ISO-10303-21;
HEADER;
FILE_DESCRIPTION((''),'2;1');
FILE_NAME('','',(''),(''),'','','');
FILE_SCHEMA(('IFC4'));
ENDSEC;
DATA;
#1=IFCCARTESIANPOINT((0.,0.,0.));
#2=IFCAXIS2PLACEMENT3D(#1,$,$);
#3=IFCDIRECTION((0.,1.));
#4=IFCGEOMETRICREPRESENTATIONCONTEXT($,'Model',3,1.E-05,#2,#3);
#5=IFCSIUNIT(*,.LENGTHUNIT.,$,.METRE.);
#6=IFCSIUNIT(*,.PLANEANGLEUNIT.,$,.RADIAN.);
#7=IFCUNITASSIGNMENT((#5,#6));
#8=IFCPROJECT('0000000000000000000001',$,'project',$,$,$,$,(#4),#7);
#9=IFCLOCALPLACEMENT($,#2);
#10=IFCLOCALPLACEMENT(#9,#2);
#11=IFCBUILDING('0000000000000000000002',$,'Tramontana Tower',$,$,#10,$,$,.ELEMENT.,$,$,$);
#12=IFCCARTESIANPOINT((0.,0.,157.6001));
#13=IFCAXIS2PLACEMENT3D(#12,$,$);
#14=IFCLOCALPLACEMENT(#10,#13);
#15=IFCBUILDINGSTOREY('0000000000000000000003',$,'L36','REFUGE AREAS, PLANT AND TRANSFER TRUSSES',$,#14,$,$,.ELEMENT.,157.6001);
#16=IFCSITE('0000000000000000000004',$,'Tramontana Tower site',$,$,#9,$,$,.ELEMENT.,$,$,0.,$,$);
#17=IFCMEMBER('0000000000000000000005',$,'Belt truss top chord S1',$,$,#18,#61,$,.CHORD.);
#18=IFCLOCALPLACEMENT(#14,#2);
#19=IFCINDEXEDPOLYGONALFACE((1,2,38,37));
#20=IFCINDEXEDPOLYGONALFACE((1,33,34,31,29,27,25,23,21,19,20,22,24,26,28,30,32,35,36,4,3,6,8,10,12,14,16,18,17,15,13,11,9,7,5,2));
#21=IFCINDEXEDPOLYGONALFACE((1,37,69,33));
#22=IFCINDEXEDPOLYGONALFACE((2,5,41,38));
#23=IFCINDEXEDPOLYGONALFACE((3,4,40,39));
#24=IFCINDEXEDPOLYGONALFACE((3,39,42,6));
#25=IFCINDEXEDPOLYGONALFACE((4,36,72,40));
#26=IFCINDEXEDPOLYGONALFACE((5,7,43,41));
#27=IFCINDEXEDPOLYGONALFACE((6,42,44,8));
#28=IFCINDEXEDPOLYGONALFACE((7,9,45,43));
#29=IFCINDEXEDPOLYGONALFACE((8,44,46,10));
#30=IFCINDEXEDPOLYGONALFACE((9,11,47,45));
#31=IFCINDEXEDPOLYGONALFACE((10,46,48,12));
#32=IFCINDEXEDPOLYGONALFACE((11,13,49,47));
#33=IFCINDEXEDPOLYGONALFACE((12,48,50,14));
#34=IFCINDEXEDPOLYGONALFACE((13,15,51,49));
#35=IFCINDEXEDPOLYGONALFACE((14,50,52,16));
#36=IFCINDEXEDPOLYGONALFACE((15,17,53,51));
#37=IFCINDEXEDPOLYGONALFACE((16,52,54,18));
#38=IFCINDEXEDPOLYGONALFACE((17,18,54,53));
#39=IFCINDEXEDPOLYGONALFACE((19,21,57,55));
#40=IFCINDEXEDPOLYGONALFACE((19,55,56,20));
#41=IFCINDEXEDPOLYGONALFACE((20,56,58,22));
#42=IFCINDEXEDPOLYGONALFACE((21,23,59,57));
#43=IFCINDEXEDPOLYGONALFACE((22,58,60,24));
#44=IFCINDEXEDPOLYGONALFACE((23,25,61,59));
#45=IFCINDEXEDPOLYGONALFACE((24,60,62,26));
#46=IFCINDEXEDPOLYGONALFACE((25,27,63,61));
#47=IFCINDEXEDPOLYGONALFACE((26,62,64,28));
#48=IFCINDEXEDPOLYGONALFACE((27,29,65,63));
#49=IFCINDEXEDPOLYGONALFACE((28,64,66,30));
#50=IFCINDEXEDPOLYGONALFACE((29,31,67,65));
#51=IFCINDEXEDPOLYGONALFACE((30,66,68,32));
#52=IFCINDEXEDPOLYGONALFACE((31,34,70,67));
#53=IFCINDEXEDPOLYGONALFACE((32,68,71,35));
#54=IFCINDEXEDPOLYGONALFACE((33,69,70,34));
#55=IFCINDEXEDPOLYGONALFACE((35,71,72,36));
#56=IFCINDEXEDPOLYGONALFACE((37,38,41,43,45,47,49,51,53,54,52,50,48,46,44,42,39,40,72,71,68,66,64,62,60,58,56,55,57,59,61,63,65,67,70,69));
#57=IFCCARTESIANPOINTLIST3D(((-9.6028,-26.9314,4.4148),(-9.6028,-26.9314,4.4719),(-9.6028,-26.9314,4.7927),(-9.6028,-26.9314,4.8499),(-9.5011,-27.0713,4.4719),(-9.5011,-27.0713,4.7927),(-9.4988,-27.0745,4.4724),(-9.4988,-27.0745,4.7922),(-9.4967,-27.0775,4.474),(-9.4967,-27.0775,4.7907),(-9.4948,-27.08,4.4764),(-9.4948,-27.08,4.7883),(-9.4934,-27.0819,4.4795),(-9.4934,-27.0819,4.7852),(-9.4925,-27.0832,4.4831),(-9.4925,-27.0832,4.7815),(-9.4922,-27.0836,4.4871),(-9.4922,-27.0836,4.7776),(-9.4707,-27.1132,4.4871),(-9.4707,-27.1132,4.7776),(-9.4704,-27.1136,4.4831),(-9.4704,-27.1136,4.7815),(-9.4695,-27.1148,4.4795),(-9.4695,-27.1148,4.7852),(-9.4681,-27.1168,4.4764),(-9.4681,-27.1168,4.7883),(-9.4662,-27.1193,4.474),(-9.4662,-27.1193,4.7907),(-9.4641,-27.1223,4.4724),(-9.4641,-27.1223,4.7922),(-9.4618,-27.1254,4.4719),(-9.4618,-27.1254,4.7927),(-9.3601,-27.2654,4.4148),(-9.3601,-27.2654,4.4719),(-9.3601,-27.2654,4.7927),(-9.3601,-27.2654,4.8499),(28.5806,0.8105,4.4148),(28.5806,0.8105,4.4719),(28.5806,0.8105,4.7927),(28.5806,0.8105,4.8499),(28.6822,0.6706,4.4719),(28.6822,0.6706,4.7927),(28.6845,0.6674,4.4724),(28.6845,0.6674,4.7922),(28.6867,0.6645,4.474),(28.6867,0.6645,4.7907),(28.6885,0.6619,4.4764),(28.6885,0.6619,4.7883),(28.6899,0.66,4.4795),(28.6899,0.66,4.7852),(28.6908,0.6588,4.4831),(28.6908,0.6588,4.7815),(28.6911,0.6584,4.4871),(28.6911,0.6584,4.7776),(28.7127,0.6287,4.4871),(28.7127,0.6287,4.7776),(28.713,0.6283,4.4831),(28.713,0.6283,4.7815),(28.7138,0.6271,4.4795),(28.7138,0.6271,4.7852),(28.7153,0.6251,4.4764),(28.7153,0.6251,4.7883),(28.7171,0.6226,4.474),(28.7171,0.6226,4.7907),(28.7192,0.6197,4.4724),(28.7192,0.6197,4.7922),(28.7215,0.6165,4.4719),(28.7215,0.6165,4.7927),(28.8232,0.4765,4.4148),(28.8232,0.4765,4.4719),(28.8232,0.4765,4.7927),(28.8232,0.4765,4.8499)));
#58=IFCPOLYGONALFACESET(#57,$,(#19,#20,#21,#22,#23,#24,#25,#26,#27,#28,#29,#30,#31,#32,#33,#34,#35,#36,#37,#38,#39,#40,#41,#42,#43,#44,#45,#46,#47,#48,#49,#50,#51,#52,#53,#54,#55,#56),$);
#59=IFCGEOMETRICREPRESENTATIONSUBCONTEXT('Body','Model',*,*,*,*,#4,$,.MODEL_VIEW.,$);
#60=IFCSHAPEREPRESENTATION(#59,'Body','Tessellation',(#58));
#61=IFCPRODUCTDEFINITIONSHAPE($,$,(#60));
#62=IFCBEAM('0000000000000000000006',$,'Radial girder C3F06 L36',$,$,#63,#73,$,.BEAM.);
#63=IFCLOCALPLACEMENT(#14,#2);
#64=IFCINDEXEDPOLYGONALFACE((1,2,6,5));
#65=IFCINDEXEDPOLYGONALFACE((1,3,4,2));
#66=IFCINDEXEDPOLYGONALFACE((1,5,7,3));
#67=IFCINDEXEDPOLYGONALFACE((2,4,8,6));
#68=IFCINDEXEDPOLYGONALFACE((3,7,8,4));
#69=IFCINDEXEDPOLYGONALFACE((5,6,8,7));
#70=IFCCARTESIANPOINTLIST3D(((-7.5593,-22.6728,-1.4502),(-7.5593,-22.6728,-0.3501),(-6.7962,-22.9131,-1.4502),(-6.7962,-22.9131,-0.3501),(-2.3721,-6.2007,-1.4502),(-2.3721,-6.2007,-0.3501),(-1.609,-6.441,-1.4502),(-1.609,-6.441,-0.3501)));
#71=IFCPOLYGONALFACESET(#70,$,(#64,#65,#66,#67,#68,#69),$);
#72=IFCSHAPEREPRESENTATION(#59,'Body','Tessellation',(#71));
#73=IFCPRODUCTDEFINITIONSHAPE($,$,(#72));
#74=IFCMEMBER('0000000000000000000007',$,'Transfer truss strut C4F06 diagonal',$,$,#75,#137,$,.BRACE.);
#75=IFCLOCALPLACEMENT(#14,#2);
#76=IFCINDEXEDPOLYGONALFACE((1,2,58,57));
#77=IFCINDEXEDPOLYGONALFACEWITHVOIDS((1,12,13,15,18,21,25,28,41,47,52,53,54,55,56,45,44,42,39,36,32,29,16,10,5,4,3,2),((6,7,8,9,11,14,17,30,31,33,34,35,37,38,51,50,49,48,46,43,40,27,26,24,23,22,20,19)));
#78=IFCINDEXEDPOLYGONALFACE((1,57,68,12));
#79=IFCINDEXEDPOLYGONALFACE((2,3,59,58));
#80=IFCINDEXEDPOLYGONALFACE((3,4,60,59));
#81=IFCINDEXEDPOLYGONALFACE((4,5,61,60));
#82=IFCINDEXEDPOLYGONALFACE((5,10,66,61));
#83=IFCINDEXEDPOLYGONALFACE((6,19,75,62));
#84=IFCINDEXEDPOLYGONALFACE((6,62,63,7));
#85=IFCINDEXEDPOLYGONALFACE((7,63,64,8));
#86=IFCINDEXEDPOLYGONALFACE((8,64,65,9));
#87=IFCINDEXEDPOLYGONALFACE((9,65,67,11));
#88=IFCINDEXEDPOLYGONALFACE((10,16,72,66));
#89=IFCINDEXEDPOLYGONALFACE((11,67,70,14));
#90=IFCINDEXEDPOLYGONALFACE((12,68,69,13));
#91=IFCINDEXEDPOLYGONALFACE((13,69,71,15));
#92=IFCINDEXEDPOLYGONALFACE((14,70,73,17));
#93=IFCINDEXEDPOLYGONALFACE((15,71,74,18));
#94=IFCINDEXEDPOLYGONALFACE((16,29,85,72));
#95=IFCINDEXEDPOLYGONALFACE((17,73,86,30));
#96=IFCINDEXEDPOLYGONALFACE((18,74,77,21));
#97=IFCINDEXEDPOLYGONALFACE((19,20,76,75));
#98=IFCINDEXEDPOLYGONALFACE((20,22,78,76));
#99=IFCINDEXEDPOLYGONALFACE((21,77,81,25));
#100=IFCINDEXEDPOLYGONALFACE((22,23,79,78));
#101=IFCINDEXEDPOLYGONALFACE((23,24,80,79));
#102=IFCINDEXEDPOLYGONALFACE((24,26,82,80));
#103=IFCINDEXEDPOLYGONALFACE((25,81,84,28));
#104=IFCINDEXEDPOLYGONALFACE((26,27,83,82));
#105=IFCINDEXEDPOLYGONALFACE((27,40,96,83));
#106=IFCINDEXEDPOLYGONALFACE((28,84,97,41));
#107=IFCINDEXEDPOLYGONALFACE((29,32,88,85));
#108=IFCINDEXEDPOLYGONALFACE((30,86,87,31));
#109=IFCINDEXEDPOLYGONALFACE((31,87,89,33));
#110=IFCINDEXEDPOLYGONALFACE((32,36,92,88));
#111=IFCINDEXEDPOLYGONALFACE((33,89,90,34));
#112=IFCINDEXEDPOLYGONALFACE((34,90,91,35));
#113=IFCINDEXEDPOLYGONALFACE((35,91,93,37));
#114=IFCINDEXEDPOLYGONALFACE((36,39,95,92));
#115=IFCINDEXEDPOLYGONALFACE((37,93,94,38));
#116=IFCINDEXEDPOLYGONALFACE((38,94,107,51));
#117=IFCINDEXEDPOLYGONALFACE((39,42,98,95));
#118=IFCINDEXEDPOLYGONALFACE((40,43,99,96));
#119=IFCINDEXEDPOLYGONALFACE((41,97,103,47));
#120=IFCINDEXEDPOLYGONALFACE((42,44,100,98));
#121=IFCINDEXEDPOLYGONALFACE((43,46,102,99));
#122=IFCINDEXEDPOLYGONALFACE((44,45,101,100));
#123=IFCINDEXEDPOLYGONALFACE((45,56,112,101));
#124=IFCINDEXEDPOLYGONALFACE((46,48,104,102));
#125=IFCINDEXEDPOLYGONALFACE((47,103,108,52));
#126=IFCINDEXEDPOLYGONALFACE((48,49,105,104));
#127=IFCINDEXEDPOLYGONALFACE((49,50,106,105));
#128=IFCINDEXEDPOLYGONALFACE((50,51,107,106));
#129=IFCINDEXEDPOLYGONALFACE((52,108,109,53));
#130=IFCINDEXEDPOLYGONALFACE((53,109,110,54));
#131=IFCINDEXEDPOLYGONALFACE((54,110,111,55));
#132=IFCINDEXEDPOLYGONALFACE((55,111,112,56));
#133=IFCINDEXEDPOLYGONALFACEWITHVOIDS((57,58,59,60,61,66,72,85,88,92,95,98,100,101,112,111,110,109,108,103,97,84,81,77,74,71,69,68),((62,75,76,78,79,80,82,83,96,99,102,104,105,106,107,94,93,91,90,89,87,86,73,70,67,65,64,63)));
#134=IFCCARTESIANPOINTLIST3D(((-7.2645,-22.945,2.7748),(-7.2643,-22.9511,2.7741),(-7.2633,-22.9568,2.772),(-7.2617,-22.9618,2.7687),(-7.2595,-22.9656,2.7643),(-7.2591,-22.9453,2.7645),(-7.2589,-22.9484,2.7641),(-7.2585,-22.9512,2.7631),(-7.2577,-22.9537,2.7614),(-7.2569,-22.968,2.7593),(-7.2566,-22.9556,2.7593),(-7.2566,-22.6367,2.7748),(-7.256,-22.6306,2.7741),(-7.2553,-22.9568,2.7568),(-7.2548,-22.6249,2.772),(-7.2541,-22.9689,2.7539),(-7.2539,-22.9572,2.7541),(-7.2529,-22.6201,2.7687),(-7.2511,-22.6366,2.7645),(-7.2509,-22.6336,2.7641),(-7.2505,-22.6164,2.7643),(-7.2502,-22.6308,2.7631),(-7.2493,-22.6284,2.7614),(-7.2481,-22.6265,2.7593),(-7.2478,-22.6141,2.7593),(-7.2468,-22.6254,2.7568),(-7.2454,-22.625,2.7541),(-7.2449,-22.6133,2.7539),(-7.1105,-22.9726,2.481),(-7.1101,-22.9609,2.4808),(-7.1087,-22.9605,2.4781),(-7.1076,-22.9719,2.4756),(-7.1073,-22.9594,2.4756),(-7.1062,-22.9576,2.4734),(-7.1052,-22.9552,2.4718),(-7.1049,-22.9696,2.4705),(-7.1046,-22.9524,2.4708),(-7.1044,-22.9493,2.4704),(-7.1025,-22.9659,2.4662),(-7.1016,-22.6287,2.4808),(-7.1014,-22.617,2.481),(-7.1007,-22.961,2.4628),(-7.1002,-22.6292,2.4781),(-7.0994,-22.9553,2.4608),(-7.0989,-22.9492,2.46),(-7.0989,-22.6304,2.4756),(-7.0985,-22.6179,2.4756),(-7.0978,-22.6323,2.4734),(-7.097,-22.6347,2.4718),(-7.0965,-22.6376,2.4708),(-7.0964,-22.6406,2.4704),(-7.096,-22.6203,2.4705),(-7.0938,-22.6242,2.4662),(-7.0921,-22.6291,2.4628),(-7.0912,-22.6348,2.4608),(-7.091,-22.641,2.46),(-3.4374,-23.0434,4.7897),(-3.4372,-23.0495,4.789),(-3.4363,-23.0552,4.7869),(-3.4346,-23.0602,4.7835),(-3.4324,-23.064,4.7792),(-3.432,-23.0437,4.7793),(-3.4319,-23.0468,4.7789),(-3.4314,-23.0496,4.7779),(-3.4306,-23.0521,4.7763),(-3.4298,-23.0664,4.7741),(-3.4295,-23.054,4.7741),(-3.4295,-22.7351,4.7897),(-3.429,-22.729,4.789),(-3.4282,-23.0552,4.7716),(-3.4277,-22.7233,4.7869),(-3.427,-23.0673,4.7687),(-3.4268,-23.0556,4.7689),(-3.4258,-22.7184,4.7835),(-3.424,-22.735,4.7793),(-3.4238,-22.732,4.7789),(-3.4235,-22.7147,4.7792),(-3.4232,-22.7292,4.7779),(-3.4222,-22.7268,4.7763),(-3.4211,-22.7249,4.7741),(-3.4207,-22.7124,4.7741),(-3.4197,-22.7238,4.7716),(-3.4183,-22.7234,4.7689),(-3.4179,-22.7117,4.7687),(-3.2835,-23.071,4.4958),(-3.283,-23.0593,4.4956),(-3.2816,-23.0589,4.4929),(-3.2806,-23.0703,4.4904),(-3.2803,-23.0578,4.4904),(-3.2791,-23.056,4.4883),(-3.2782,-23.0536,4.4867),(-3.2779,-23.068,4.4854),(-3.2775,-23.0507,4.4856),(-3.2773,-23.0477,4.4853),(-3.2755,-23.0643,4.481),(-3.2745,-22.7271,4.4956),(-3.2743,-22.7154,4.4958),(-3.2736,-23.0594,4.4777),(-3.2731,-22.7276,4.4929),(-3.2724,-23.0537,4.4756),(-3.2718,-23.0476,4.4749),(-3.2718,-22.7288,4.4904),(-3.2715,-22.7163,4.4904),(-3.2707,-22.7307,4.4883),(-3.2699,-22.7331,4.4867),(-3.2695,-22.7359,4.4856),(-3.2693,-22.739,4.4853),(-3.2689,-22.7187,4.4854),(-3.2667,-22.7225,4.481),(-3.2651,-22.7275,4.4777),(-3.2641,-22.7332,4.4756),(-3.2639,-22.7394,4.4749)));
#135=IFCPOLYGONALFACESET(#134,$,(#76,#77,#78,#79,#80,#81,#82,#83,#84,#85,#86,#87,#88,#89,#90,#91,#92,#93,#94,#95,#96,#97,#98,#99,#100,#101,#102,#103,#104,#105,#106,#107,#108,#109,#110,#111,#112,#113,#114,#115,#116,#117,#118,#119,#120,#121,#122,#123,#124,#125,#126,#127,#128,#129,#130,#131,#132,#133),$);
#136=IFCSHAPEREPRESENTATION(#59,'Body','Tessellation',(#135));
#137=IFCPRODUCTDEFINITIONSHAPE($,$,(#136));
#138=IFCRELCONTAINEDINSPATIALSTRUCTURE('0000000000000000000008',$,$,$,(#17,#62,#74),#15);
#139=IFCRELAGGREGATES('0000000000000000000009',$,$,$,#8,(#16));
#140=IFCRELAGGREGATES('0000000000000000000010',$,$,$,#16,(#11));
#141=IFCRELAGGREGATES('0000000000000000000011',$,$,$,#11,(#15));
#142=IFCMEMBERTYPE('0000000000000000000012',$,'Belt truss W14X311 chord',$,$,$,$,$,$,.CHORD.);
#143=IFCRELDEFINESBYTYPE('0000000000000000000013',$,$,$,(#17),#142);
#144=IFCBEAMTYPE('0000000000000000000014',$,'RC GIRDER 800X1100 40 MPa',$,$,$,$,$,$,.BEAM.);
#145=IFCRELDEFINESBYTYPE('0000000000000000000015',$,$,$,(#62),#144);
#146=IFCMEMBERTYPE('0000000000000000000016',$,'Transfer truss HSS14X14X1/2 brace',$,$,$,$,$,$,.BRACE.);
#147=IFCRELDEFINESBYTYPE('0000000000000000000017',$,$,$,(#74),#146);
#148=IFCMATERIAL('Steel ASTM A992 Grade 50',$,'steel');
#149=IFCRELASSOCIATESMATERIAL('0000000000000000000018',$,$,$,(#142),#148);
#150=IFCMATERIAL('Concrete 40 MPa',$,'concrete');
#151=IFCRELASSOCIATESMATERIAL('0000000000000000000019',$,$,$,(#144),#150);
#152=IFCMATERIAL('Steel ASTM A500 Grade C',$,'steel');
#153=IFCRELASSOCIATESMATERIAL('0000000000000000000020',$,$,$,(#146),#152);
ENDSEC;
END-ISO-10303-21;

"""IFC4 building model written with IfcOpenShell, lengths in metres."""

from ifc_helpers import new_model, si_unit, direction, frame, origin, origin_2d, place, context, subcontext, project, spatial, rectangle, hollow_rectangle, i_section, extrude, material, material_profile, profile_set, type_object, element, save


model = new_model("IFC4")

# Units and contexts
model_context = context("Model", 3, precision=1e-05, world=origin(), true_north=direction((0.0, 1.0)))
body_context = subcontext(model_context, "Body", "Model", "MODEL_VIEW")
ifc_project = project(units=[si_unit("LENGTHUNIT", "METRE"), si_unit("PLANEANGLEUNIT", "RADIAN")], contexts=[model_context])

# Site, building, storey
site_placement = place(None, origin())
site = spatial("IfcSite", under=ifc_project, at=site_placement, Name="Tramontana Tower site", CompositionType="ELEMENT", RefElevation=0.0)
building_placement = place(site_placement, origin())
building = spatial("IfcBuilding", under=site, at=building_placement, Name="Tramontana Tower", CompositionType="ELEMENT")
storey_placement = place(building_placement, frame((0.0, 0.0, 157.6001)))
storey = spatial("IfcBuildingStorey", under=building, at=storey_placement, Name="L36", Description="REFUGE AREAS, PLANT AND TRANSFER TRUSSES", CompositionType="ELEMENT", Elevation=157.6001)

# Member
ifc_material_1 = material(Name="Steel ASTM A992 Grade 50", Category="steel")
ifc_material_profile_1 = material_profile(ifc_material_1, i_section(OverallWidth=0.4128, OverallDepth=0.4351, WebThickness=0.0366, FlangeThickness=0.0571, FilletRadius=0.0151, at=origin_2d()), Name="W14X311")
ifc_profile_set_1 = profile_set([ifc_material_profile_1], Name="Steel ASTM A992 Grade 50")
member_type_1 = type_object("IfcMemberType", Name="Belt truss W14X311 chord", PredefinedType="CHORD", material=ifc_profile_set_1)
for number, where, z_axis, x_axis, name in (
    (1, (-9.4814, -27.0984, 4.6323), (0.809016, 0.587787, 0.0), (-0.587787, 0.809016, 0.0), "Belt truss top chord S1"),
):
    element("IfcMember", number, at=place(storey_placement, frame(where, z_axis=z_axis, x_axis=x_axis)), inside=storey, type_object=member_type_1, Name=name, PredefinedType="CHORD", context=body_context, shape_type="SweptSolid", body=[
        extrude(i_section(OverallWidth=0.4128, OverallDepth=0.4351, WebThickness=0.0366, FlangeThickness=0.0571, FilletRadius=0.0151, at=origin_2d()), origin(), (0.0, 0.0, 1.0), 47.1973),
    ])

# Beam
ifc_material_2 = material(Name="Concrete 40 MPa", Category="concrete")
ifc_material_profile_2 = material_profile(ifc_material_2, rectangle(XDim=0.8, YDim=1.1001, at=origin_2d()), Name="RC GIRDER 800X1100 40 MPa")
ifc_profile_set_2 = profile_set([ifc_material_profile_2], Name="Concrete 40 MPa")
beam_type = type_object("IfcBeamType", Name="RC GIRDER 800X1100 40 MPa", PredefinedType="BEAM", material=ifc_profile_set_2)
beam_placement = place(storey_placement, frame((-7.1777, -22.793, -0.9001), z_axis=(0.300369, 0.953823, 0.0), x_axis=(-0.953823, 0.300369, 0.0)))
element("IfcBeam", 2, at=beam_placement, inside=storey, type_object=beam_type, Name="Radial girder C3F06 L36", PredefinedType="BEAM", context=body_context, shape_type="SweptSolid", body=[
    extrude(rectangle(XDim=0.8, YDim=1.1001, at=origin_2d()), origin(), (0.0, 0.0, 1.0), 17.2695),
])

# Member
ifc_material_3 = material(Name="Steel ASTM A500 Grade C", Category="steel")
ifc_material_profile_3 = material_profile(ifc_material_3, hollow_rectangle(XDim=0.3557, YDim=0.3557, WallThickness=0.0117, InnerFilletRadius=0.0117, OuterFilletRadius=0.0237, at=origin_2d()), Name="HSS14X14X1/2")
ifc_profile_set_3 = profile_set([ifc_material_profile_3], Name="Steel ASTM A500 Grade C")
member_type_2 = type_object("IfcMemberType", Name="Transfer truss HSS14X14X1/2 brace", PredefinedType="BRACE", material=ifc_profile_set_3)
member_1_placement = place(storey_placement, frame((-7.1777, -22.793, 2.6174), z_axis=(0.884632, -0.022742, 0.465735), x_axis=(0.0257, 0.99967, 0.0)))
element("IfcMember", 3, at=member_1_placement, inside=storey, type_object=member_type_2, Name="Transfer truss strut C4F06 diagonal", PredefinedType="BRACE", context=body_context, shape_type="SweptSolid", body=[
    extrude(hollow_rectangle(XDim=0.3557, YDim=0.3557, WallThickness=0.0117, InnerFilletRadius=0.0117, OuterFilletRadius=0.0237, at=origin_2d()), origin(), (0.0, 0.0, 1.0), 4.3262),
])

save(model, "model.ifc")
